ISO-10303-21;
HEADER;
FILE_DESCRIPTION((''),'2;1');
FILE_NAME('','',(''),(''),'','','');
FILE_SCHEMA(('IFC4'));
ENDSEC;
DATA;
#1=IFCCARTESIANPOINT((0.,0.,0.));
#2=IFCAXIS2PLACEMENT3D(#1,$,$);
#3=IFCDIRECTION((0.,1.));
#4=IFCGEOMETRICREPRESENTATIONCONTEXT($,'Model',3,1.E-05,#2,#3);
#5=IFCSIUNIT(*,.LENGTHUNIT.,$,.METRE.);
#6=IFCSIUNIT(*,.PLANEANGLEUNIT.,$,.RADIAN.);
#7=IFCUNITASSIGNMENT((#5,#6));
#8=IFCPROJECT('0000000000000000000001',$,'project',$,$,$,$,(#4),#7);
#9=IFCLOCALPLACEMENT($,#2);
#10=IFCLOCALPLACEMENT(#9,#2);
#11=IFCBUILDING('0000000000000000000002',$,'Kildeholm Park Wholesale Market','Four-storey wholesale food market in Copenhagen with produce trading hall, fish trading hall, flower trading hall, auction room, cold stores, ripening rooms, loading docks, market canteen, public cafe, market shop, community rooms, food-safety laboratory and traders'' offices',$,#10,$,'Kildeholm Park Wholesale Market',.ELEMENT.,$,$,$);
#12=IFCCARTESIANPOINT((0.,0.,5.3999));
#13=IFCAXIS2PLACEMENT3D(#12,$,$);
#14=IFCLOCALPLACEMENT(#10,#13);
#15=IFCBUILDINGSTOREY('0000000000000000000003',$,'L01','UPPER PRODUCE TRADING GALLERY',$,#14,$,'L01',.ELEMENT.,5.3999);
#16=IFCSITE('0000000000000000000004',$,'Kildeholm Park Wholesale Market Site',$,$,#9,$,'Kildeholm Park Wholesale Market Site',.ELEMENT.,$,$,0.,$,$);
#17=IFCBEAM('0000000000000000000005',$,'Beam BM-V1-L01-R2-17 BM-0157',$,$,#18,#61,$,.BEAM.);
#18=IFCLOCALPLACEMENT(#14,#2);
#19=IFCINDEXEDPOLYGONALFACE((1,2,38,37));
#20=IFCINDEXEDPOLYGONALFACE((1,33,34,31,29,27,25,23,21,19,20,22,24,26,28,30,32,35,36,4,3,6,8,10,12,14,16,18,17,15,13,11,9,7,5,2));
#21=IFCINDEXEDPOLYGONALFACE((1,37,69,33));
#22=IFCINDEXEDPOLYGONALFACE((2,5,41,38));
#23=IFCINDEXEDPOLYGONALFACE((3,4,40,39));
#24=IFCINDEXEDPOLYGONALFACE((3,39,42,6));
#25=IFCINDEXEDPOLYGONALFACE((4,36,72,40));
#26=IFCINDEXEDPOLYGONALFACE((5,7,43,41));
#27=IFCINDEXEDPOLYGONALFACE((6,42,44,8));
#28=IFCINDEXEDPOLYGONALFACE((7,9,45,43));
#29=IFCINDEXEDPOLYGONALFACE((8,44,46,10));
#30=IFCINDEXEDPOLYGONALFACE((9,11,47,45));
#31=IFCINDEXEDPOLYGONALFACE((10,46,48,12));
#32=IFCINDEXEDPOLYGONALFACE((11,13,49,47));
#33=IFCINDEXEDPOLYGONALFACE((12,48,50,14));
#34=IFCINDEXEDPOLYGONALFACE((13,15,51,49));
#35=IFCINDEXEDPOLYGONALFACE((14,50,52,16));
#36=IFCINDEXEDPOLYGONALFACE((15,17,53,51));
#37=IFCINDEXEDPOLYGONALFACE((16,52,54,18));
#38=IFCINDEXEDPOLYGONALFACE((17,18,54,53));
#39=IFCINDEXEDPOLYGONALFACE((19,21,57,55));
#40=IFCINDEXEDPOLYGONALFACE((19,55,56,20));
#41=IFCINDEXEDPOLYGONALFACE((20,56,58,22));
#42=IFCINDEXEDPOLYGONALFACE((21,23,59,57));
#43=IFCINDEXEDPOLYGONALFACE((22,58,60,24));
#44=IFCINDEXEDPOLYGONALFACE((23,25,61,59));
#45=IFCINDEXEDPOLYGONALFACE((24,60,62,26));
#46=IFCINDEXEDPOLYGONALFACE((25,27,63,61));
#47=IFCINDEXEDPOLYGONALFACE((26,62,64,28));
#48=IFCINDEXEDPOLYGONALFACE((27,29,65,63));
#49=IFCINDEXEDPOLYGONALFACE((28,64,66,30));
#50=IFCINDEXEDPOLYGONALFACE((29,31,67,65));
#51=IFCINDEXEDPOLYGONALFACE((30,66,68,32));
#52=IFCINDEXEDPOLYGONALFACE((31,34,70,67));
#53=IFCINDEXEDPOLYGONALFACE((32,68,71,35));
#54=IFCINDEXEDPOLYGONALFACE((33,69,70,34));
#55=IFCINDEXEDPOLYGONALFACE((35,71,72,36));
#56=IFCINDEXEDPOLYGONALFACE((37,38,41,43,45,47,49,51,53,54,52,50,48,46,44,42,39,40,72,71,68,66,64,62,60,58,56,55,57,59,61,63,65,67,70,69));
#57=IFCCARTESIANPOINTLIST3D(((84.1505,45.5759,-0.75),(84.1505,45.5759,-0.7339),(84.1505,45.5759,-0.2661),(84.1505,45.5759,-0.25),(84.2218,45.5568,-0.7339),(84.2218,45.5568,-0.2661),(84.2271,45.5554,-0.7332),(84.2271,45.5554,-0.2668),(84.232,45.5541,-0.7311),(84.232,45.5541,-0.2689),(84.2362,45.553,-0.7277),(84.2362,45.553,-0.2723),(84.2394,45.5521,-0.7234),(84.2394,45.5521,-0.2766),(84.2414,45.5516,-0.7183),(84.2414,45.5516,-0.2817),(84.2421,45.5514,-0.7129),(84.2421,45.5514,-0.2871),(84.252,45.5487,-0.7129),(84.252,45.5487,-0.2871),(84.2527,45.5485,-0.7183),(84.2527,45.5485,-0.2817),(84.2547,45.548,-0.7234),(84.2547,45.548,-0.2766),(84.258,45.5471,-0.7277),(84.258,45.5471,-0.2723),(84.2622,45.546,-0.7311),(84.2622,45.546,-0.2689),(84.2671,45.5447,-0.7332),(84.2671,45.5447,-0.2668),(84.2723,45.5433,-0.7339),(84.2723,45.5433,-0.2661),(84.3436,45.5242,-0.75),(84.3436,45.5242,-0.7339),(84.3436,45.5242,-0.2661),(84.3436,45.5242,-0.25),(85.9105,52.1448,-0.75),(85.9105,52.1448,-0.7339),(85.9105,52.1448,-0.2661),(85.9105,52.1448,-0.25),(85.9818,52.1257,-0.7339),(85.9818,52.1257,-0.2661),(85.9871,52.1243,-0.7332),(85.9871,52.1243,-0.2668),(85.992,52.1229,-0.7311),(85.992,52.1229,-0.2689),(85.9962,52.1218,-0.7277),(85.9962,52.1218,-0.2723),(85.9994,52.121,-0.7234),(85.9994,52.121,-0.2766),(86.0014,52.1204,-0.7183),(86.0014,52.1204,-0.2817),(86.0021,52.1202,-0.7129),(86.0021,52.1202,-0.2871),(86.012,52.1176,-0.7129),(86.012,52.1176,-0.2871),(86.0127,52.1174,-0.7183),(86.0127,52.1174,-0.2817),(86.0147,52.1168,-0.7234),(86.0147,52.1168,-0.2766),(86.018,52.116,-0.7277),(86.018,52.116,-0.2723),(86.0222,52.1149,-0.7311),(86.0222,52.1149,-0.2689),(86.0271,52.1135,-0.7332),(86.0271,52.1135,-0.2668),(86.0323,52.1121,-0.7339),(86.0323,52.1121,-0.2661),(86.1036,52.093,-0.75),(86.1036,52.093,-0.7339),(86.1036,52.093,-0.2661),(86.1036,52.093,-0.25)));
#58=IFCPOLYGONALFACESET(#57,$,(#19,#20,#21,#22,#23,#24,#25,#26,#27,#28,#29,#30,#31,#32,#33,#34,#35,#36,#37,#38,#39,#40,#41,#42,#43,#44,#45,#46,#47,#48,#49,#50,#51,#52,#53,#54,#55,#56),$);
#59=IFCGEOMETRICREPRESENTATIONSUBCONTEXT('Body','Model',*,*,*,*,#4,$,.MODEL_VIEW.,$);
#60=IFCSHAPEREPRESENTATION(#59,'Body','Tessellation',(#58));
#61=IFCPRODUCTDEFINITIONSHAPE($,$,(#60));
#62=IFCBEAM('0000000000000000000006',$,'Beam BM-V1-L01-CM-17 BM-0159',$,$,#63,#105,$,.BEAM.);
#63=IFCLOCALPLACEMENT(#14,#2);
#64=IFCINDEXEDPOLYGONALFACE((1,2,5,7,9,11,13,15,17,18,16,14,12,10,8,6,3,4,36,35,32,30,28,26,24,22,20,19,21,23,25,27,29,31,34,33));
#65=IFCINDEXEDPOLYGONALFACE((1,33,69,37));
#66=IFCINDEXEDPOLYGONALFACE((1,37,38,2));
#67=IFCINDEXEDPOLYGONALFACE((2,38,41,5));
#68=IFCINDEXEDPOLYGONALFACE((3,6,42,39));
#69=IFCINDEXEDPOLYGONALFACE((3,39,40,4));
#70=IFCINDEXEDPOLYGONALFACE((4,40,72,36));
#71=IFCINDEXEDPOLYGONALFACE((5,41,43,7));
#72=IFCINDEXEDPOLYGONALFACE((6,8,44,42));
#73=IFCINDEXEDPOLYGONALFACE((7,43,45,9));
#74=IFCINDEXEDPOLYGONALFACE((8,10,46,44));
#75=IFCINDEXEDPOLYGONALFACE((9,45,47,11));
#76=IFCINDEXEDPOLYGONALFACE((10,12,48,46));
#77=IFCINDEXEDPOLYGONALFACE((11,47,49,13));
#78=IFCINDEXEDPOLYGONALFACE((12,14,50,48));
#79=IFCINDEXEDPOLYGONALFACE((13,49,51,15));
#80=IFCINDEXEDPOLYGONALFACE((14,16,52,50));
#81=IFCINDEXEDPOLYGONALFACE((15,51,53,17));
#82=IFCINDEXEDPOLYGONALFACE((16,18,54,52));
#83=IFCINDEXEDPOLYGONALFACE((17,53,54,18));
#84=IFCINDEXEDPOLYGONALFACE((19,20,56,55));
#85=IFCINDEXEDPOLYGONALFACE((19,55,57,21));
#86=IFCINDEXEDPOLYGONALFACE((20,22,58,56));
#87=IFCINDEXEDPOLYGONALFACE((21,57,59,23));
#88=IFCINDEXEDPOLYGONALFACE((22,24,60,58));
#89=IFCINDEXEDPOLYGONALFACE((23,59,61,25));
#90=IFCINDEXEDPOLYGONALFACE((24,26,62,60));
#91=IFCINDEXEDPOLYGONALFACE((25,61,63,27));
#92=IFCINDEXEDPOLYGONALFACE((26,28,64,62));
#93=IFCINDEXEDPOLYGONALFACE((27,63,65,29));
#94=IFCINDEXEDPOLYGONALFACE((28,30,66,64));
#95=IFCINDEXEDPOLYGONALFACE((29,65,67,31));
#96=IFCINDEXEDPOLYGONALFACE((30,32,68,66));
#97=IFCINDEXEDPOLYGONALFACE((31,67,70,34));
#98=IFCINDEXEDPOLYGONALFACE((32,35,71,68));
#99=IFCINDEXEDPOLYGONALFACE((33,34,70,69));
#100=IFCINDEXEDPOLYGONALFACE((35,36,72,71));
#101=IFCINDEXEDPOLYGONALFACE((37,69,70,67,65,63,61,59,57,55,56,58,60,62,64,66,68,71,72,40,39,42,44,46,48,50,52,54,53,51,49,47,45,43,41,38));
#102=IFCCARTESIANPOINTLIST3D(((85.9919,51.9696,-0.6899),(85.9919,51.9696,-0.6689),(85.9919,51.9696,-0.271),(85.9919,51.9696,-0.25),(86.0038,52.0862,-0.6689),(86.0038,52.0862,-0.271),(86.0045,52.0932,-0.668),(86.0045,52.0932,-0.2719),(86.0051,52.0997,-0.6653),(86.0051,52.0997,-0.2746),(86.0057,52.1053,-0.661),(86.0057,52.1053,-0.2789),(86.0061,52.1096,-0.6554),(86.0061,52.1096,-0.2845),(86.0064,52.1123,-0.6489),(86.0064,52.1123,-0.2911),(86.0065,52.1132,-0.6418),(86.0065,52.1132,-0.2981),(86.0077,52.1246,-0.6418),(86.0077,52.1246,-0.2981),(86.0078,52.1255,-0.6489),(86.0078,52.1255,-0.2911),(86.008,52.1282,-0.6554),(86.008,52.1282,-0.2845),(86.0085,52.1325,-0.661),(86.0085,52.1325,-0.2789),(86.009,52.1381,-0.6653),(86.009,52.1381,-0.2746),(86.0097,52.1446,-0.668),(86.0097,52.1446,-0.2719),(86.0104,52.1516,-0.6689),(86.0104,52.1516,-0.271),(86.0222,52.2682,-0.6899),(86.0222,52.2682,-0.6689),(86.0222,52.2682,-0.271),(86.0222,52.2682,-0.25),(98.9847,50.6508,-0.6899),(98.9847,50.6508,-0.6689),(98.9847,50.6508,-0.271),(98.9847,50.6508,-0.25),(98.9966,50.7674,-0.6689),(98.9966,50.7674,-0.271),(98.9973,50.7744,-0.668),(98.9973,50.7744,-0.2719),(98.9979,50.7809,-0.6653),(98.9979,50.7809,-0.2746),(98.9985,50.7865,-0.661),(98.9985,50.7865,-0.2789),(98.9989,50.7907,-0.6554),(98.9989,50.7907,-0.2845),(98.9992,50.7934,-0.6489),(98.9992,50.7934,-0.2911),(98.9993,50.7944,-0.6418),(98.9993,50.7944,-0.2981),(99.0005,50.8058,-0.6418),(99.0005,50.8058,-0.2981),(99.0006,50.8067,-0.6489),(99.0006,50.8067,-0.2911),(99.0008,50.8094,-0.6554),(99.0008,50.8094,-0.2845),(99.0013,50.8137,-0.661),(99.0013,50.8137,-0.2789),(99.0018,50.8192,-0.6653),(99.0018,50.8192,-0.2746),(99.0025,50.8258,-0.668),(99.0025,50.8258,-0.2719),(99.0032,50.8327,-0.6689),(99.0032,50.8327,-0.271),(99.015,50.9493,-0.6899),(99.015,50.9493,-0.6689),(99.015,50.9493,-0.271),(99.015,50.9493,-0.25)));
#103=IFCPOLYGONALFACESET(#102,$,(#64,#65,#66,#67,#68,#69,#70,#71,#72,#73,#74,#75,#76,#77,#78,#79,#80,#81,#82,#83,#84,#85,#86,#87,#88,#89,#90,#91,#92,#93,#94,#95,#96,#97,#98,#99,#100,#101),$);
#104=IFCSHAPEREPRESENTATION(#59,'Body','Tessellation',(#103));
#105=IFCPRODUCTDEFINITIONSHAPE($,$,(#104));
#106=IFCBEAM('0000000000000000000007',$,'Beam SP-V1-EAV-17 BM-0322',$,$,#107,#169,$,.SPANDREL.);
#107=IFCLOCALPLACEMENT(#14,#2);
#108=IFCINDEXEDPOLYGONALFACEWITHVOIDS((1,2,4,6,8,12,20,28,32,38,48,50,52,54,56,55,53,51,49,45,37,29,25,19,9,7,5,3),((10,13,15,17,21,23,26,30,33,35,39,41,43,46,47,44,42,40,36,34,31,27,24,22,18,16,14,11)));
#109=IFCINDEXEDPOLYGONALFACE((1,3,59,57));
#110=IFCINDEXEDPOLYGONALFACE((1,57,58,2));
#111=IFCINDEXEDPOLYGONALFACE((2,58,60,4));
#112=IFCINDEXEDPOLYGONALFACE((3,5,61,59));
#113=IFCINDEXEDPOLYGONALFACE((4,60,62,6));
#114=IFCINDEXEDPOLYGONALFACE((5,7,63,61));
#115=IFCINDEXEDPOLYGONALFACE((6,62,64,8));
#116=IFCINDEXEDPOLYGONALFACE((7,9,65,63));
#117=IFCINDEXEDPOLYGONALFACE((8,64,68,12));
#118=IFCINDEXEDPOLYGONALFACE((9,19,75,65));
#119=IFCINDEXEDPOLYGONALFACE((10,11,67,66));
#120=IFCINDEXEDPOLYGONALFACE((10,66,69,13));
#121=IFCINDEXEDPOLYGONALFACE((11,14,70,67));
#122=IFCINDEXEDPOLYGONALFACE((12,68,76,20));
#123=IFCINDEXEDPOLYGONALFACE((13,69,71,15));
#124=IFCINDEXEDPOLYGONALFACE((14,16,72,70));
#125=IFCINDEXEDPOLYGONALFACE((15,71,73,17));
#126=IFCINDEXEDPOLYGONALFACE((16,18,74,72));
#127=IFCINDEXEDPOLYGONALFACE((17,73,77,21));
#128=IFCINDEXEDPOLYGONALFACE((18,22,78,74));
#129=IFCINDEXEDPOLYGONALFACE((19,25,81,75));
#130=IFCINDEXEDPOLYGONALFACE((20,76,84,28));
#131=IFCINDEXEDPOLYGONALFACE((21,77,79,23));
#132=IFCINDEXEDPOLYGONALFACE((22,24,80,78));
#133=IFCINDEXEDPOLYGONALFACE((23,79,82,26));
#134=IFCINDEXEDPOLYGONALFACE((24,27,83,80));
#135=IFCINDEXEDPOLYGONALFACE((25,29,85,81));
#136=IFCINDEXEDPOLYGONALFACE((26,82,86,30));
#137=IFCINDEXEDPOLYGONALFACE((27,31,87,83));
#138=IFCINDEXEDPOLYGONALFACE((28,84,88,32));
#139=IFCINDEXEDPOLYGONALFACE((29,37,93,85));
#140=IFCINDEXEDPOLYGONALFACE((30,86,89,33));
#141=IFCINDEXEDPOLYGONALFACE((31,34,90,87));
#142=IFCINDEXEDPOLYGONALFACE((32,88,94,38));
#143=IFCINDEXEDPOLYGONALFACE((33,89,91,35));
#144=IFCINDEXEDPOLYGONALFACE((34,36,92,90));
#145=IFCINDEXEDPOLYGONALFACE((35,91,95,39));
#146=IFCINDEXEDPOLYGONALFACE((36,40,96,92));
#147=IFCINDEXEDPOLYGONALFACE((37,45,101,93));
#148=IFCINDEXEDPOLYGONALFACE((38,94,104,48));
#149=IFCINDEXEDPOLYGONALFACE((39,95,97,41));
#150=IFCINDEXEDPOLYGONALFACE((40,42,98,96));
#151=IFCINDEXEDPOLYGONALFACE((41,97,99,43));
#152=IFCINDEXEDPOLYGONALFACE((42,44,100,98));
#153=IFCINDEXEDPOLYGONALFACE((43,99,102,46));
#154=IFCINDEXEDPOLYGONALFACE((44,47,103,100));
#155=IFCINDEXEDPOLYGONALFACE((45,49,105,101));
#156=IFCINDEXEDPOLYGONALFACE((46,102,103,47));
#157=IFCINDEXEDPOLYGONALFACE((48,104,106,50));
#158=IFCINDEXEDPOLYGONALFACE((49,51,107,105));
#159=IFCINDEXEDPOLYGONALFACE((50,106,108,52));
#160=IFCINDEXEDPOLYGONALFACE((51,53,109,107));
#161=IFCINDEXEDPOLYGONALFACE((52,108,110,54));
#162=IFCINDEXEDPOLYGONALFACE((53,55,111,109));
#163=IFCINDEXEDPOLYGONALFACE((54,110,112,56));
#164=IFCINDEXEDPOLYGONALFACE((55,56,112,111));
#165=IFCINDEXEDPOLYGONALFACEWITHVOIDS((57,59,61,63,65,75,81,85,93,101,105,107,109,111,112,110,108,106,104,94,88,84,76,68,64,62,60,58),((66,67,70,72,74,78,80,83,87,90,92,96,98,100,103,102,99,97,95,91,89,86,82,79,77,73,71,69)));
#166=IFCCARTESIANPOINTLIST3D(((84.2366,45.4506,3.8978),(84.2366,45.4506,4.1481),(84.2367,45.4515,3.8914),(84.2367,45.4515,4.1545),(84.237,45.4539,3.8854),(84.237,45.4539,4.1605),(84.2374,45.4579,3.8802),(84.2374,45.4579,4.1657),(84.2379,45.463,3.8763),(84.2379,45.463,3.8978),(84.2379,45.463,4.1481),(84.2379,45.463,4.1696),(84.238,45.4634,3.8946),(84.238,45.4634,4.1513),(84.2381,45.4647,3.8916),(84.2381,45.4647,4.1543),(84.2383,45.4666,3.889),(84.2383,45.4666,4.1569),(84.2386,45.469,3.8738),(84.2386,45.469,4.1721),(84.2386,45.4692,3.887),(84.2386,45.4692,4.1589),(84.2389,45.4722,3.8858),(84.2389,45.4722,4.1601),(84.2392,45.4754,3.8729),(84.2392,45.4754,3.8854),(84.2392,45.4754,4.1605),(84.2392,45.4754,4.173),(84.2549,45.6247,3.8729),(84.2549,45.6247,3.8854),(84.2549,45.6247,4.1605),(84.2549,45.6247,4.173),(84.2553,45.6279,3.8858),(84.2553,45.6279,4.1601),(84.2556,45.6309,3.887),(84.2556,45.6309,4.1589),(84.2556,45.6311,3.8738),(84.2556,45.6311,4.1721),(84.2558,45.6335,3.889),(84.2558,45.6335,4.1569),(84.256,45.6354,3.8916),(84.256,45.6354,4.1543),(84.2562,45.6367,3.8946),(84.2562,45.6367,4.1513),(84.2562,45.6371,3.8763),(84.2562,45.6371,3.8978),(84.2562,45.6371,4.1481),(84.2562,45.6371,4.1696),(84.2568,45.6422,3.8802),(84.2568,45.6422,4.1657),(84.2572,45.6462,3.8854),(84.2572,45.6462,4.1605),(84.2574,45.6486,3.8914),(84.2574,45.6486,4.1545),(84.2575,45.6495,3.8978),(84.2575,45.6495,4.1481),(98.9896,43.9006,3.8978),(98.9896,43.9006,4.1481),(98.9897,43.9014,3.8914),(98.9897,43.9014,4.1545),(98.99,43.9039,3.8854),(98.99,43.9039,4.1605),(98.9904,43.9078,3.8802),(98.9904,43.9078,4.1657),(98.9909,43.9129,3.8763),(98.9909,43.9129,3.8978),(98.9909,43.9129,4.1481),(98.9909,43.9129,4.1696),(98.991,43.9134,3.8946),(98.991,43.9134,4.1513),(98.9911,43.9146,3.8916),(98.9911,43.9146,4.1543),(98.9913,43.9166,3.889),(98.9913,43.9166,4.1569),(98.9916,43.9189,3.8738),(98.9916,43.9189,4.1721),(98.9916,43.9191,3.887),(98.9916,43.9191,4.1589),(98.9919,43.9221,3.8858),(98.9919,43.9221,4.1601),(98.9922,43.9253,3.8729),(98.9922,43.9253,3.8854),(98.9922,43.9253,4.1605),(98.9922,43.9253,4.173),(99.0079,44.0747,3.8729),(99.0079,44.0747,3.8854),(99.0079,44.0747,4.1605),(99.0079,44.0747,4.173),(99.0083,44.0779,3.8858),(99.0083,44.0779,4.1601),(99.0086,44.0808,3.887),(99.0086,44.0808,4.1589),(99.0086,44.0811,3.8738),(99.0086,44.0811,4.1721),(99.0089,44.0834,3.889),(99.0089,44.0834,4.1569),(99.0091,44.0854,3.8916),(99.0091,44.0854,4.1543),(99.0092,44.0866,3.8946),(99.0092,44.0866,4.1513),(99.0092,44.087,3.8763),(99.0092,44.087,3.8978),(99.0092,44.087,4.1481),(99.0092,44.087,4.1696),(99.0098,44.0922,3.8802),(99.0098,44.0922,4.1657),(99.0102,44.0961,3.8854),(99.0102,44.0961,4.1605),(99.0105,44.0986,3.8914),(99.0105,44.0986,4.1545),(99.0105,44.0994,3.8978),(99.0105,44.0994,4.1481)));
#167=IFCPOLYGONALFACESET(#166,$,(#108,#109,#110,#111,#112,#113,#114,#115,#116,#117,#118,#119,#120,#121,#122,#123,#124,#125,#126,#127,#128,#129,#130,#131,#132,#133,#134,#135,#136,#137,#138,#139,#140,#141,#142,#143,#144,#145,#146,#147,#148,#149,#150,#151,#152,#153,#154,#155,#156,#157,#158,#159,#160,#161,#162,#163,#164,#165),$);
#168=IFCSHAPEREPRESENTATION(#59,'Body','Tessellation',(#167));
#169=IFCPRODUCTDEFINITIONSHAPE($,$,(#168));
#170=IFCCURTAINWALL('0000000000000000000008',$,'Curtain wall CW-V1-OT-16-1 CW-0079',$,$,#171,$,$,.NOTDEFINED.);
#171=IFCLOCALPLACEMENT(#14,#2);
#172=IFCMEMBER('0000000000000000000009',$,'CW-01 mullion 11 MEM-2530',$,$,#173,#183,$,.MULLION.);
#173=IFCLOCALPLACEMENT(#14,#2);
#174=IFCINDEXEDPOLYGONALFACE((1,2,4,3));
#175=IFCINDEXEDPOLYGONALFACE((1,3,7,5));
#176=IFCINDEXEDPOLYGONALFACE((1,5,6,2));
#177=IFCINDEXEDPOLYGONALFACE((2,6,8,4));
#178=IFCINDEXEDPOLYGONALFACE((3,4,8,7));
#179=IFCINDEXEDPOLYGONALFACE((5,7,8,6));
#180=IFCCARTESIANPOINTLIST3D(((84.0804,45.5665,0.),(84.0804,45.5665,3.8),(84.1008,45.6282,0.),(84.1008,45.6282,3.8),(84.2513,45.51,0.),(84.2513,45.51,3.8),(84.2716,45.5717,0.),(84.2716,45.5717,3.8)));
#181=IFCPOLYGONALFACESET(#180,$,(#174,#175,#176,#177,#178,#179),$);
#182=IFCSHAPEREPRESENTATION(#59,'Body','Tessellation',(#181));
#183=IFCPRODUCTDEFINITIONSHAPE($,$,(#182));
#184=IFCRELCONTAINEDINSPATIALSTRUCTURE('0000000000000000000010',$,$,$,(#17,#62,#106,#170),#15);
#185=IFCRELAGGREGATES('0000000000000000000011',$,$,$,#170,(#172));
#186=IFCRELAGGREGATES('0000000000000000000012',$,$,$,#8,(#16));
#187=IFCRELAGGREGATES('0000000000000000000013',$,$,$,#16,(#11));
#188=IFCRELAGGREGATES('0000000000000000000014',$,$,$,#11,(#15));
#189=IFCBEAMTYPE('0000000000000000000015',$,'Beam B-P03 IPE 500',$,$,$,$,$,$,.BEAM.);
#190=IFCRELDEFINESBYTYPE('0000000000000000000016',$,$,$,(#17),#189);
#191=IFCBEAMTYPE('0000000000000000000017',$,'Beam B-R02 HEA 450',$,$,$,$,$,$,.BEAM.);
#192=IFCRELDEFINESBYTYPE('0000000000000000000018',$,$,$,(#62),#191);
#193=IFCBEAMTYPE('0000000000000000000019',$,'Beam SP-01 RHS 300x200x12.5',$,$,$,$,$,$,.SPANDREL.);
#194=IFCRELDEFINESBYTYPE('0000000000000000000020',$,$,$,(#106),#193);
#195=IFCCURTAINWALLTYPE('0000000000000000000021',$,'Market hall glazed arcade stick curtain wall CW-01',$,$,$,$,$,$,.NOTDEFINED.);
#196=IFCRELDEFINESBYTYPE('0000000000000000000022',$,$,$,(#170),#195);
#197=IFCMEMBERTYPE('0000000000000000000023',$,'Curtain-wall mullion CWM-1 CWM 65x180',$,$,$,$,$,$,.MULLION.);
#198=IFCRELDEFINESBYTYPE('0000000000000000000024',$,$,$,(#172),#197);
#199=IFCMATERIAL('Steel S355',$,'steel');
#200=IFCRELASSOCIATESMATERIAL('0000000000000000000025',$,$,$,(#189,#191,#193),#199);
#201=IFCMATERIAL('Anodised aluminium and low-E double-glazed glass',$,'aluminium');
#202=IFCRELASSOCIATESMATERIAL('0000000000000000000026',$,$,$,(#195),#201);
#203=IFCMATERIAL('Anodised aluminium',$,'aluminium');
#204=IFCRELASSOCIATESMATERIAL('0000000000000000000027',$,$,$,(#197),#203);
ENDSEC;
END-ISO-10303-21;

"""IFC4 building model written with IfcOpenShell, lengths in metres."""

from ifc_helpers import new_model, si_unit, direction, frame, origin, origin_2d, place, context, subcontext, project, spatial, rectangle, hollow_rectangle, i_section, extrude, material, material_profile, profile_set, type_object, element, aggregate, save


model = new_model("IFC4")

# Units and contexts
model_context = context("Model", 3, precision=1e-05, world=origin(), true_north=direction((0.0, 1.0)))
body_context = subcontext(model_context, "Body", "Model", "MODEL_VIEW")
ifc_project = project(units=[si_unit("LENGTHUNIT", "METRE"), si_unit("PLANEANGLEUNIT", "RADIAN")], contexts=[model_context])

# Site, building, storey
site_placement = place(None, origin())
site = spatial("IfcSite", under=ifc_project, at=site_placement, Name="Kildeholm Park Wholesale Market Site", LongName="Kildeholm Park Wholesale Market Site", CompositionType="ELEMENT", RefElevation=0.0)
building_placement = place(site_placement, origin())
building = spatial("IfcBuilding", under=site, at=building_placement, Name="Kildeholm Park Wholesale Market", Description="Four-storey wholesale food market in Copenhagen with produce trading hall, fish trading hall, flower trading hall, auction room, cold stores, ripening rooms, loading docks, market canteen, public cafe, market shop, community rooms, food-safety laboratory and traders' offices", LongName="Kildeholm Park Wholesale Market", CompositionType="ELEMENT")
storey_placement = place(building_placement, frame((0.0, 0.0, 5.3999)))
storey = spatial("IfcBuildingStorey", under=building, at=storey_placement, Name="L01", Description="UPPER PRODUCE TRADING GALLERY", LongName="L01", CompositionType="ELEMENT", Elevation=5.3999)

# Shared definitions
ifc_material_1 = material(Name="Steel S355", Category="steel")

# Beams
ifc_material_profile_1 = material_profile(ifc_material_1, i_section(OverallWidth=0.2, OverallDepth=0.5, WebThickness=0.0103, FlangeThickness=0.0161, FilletRadius=0.021, at=origin_2d()), Name="IPE 500")
ifc_profile_set_1 = profile_set([ifc_material_profile_1], Name="Steel S355")
beam_type_1 = type_object("IfcBeamType", Name="Beam B-P03 IPE 500", PredefinedType="BEAM", material=ifc_profile_set_1)
beam_1_placement = place(storey_placement, frame((86.0071, 52.1189, -0.5), z_axis=(-0.258804, -0.96593, 0.0), x_axis=(0.96593, -0.258804, 0.0)))
element("IfcBeam", 1, at=beam_1_placement, inside=storey, type_object=beam_type_1, Name="Beam BM-V1-L01-R2-17 BM-0157", PredefinedType="BEAM", context=body_context, shape_type="SweptSolid", body=[
    extrude(i_section(OverallWidth=0.2, OverallDepth=0.5, WebThickness=0.0103, FlangeThickness=0.0161, FilletRadius=0.021, at=origin_2d()), origin(), (0.0, 0.0, 1.0), 6.8005),
])
ifc_material_profile_2 = material_profile(ifc_material_1, i_section(OverallWidth=0.3, OverallDepth=0.4399, WebThickness=0.0115, FlangeThickness=0.021, FilletRadius=0.0271, at=origin_2d()), Name="HEA 450")
ifc_profile_set_2 = profile_set([ifc_material_profile_2], Name="Steel S355")
beam_type_2 = type_object("IfcBeamType", Name="Beam B-R02 HEA 450", PredefinedType="BEAM", material=ifc_profile_set_2)
beam_2_placement = place(storey_placement, frame((86.0071, 52.1189, -0.47), z_axis=(0.994888, -0.100986, 0.0), x_axis=(0.100986, 0.994888, 0.0)))
element("IfcBeam", 2, at=beam_2_placement, inside=storey, type_object=beam_type_2, Name="Beam BM-V1-L01-CM-17 BM-0159", PredefinedType="BEAM", context=body_context, shape_type="SweptSolid", body=[
    extrude(i_section(OverallWidth=0.3, OverallDepth=0.4399, WebThickness=0.0115, FlangeThickness=0.021, FilletRadius=0.0271, at=origin_2d()), origin(), (0.0, 0.0, 1.0), 13.0596),
])
ifc_material_profile_3 = material_profile(ifc_material_1, hollow_rectangle(XDim=0.2, YDim=0.3, WallThickness=0.0125, InnerFilletRadius=0.0125, OuterFilletRadius=0.0249, at=origin_2d()), Name="RHS 300x200x12.5")
ifc_profile_set_3 = profile_set([ifc_material_profile_3], Name="Steel S355")
beam_type_3 = type_object("IfcBeamType", Name="Beam SP-01 RHS 300x200x12.5", PredefinedType="SPANDREL", material=ifc_profile_set_3)
beam_3_placement = place(storey_placement, frame((84.2471, 45.55, 4.0229), z_axis=(0.994526, -0.104492, 0.0), x_axis=(0.104492, 0.994526, 0.0)))
element("IfcBeam", 3, at=beam_3_placement, inside=storey, type_object=beam_type_3, Name="Beam SP-V1-EAV-17 BM-0322", PredefinedType="SPANDREL", context=body_context, shape_type="SweptSolid", body=[
    extrude(hollow_rectangle(XDim=0.2, YDim=0.3, WallThickness=0.0125, InnerFilletRadius=0.0125, OuterFilletRadius=0.0249, at=origin_2d()), origin(), (0.0, 0.0, 1.0), 14.8342),
])

# Curtain wall, member
ifc_material_2 = material(Name="Anodised aluminium and low-E double-glazed glass", Category="aluminium")
curtain_wall_type = type_object("IfcCurtainWallType", Name="Market hall glazed arcade stick curtain wall CW-01", PredefinedType="NOTDEFINED", material=ifc_material_2)
curtain_wall_1_placement = place(storey_placement, origin())
curtain_wall_1 = element("IfcCurtainWall", 4, at=curtain_wall_1_placement, inside=storey, type_object=curtain_wall_type, Name="Curtain wall CW-V1-OT-16-1 CW-0079", PredefinedType="NOTDEFINED")
ifc_material_3 = material(Name="Anodised aluminium", Category="aluminium")
ifc_material_profile_4 = material_profile(ifc_material_3, rectangle(XDim=0.0649, YDim=0.1799, at=origin_2d()), Name="CWM 65x180")
ifc_profile_set_4 = profile_set([ifc_material_profile_4], Name="Anodised aluminium")
member_type_1 = type_object("IfcMemberType", Name="Curtain-wall mullion CWM-1 CWM 65x180", PredefinedType="MULLION", material=ifc_profile_set_4)
member_1_placement = place(storey_placement, frame((84.176, 45.5691, 0.0), z_axis=(0.0, 0.0, 1.0), x_axis=(0.313914, 0.949451, 0.0)))
member_1 = element("IfcMember", 5, at=member_1_placement, type_object=member_type_1, Name="CW-01 mullion 11 MEM-2530", PredefinedType="MULLION", context=body_context, shape_type="SweptSolid", body=[
    extrude(rectangle(XDim=0.0649, YDim=0.1799, at=origin_2d()), origin(), (0.0, 0.0, 1.0), 3.8),
])

aggregate(curtain_wall_1, [member_1])

save(model, "model.ifc")
